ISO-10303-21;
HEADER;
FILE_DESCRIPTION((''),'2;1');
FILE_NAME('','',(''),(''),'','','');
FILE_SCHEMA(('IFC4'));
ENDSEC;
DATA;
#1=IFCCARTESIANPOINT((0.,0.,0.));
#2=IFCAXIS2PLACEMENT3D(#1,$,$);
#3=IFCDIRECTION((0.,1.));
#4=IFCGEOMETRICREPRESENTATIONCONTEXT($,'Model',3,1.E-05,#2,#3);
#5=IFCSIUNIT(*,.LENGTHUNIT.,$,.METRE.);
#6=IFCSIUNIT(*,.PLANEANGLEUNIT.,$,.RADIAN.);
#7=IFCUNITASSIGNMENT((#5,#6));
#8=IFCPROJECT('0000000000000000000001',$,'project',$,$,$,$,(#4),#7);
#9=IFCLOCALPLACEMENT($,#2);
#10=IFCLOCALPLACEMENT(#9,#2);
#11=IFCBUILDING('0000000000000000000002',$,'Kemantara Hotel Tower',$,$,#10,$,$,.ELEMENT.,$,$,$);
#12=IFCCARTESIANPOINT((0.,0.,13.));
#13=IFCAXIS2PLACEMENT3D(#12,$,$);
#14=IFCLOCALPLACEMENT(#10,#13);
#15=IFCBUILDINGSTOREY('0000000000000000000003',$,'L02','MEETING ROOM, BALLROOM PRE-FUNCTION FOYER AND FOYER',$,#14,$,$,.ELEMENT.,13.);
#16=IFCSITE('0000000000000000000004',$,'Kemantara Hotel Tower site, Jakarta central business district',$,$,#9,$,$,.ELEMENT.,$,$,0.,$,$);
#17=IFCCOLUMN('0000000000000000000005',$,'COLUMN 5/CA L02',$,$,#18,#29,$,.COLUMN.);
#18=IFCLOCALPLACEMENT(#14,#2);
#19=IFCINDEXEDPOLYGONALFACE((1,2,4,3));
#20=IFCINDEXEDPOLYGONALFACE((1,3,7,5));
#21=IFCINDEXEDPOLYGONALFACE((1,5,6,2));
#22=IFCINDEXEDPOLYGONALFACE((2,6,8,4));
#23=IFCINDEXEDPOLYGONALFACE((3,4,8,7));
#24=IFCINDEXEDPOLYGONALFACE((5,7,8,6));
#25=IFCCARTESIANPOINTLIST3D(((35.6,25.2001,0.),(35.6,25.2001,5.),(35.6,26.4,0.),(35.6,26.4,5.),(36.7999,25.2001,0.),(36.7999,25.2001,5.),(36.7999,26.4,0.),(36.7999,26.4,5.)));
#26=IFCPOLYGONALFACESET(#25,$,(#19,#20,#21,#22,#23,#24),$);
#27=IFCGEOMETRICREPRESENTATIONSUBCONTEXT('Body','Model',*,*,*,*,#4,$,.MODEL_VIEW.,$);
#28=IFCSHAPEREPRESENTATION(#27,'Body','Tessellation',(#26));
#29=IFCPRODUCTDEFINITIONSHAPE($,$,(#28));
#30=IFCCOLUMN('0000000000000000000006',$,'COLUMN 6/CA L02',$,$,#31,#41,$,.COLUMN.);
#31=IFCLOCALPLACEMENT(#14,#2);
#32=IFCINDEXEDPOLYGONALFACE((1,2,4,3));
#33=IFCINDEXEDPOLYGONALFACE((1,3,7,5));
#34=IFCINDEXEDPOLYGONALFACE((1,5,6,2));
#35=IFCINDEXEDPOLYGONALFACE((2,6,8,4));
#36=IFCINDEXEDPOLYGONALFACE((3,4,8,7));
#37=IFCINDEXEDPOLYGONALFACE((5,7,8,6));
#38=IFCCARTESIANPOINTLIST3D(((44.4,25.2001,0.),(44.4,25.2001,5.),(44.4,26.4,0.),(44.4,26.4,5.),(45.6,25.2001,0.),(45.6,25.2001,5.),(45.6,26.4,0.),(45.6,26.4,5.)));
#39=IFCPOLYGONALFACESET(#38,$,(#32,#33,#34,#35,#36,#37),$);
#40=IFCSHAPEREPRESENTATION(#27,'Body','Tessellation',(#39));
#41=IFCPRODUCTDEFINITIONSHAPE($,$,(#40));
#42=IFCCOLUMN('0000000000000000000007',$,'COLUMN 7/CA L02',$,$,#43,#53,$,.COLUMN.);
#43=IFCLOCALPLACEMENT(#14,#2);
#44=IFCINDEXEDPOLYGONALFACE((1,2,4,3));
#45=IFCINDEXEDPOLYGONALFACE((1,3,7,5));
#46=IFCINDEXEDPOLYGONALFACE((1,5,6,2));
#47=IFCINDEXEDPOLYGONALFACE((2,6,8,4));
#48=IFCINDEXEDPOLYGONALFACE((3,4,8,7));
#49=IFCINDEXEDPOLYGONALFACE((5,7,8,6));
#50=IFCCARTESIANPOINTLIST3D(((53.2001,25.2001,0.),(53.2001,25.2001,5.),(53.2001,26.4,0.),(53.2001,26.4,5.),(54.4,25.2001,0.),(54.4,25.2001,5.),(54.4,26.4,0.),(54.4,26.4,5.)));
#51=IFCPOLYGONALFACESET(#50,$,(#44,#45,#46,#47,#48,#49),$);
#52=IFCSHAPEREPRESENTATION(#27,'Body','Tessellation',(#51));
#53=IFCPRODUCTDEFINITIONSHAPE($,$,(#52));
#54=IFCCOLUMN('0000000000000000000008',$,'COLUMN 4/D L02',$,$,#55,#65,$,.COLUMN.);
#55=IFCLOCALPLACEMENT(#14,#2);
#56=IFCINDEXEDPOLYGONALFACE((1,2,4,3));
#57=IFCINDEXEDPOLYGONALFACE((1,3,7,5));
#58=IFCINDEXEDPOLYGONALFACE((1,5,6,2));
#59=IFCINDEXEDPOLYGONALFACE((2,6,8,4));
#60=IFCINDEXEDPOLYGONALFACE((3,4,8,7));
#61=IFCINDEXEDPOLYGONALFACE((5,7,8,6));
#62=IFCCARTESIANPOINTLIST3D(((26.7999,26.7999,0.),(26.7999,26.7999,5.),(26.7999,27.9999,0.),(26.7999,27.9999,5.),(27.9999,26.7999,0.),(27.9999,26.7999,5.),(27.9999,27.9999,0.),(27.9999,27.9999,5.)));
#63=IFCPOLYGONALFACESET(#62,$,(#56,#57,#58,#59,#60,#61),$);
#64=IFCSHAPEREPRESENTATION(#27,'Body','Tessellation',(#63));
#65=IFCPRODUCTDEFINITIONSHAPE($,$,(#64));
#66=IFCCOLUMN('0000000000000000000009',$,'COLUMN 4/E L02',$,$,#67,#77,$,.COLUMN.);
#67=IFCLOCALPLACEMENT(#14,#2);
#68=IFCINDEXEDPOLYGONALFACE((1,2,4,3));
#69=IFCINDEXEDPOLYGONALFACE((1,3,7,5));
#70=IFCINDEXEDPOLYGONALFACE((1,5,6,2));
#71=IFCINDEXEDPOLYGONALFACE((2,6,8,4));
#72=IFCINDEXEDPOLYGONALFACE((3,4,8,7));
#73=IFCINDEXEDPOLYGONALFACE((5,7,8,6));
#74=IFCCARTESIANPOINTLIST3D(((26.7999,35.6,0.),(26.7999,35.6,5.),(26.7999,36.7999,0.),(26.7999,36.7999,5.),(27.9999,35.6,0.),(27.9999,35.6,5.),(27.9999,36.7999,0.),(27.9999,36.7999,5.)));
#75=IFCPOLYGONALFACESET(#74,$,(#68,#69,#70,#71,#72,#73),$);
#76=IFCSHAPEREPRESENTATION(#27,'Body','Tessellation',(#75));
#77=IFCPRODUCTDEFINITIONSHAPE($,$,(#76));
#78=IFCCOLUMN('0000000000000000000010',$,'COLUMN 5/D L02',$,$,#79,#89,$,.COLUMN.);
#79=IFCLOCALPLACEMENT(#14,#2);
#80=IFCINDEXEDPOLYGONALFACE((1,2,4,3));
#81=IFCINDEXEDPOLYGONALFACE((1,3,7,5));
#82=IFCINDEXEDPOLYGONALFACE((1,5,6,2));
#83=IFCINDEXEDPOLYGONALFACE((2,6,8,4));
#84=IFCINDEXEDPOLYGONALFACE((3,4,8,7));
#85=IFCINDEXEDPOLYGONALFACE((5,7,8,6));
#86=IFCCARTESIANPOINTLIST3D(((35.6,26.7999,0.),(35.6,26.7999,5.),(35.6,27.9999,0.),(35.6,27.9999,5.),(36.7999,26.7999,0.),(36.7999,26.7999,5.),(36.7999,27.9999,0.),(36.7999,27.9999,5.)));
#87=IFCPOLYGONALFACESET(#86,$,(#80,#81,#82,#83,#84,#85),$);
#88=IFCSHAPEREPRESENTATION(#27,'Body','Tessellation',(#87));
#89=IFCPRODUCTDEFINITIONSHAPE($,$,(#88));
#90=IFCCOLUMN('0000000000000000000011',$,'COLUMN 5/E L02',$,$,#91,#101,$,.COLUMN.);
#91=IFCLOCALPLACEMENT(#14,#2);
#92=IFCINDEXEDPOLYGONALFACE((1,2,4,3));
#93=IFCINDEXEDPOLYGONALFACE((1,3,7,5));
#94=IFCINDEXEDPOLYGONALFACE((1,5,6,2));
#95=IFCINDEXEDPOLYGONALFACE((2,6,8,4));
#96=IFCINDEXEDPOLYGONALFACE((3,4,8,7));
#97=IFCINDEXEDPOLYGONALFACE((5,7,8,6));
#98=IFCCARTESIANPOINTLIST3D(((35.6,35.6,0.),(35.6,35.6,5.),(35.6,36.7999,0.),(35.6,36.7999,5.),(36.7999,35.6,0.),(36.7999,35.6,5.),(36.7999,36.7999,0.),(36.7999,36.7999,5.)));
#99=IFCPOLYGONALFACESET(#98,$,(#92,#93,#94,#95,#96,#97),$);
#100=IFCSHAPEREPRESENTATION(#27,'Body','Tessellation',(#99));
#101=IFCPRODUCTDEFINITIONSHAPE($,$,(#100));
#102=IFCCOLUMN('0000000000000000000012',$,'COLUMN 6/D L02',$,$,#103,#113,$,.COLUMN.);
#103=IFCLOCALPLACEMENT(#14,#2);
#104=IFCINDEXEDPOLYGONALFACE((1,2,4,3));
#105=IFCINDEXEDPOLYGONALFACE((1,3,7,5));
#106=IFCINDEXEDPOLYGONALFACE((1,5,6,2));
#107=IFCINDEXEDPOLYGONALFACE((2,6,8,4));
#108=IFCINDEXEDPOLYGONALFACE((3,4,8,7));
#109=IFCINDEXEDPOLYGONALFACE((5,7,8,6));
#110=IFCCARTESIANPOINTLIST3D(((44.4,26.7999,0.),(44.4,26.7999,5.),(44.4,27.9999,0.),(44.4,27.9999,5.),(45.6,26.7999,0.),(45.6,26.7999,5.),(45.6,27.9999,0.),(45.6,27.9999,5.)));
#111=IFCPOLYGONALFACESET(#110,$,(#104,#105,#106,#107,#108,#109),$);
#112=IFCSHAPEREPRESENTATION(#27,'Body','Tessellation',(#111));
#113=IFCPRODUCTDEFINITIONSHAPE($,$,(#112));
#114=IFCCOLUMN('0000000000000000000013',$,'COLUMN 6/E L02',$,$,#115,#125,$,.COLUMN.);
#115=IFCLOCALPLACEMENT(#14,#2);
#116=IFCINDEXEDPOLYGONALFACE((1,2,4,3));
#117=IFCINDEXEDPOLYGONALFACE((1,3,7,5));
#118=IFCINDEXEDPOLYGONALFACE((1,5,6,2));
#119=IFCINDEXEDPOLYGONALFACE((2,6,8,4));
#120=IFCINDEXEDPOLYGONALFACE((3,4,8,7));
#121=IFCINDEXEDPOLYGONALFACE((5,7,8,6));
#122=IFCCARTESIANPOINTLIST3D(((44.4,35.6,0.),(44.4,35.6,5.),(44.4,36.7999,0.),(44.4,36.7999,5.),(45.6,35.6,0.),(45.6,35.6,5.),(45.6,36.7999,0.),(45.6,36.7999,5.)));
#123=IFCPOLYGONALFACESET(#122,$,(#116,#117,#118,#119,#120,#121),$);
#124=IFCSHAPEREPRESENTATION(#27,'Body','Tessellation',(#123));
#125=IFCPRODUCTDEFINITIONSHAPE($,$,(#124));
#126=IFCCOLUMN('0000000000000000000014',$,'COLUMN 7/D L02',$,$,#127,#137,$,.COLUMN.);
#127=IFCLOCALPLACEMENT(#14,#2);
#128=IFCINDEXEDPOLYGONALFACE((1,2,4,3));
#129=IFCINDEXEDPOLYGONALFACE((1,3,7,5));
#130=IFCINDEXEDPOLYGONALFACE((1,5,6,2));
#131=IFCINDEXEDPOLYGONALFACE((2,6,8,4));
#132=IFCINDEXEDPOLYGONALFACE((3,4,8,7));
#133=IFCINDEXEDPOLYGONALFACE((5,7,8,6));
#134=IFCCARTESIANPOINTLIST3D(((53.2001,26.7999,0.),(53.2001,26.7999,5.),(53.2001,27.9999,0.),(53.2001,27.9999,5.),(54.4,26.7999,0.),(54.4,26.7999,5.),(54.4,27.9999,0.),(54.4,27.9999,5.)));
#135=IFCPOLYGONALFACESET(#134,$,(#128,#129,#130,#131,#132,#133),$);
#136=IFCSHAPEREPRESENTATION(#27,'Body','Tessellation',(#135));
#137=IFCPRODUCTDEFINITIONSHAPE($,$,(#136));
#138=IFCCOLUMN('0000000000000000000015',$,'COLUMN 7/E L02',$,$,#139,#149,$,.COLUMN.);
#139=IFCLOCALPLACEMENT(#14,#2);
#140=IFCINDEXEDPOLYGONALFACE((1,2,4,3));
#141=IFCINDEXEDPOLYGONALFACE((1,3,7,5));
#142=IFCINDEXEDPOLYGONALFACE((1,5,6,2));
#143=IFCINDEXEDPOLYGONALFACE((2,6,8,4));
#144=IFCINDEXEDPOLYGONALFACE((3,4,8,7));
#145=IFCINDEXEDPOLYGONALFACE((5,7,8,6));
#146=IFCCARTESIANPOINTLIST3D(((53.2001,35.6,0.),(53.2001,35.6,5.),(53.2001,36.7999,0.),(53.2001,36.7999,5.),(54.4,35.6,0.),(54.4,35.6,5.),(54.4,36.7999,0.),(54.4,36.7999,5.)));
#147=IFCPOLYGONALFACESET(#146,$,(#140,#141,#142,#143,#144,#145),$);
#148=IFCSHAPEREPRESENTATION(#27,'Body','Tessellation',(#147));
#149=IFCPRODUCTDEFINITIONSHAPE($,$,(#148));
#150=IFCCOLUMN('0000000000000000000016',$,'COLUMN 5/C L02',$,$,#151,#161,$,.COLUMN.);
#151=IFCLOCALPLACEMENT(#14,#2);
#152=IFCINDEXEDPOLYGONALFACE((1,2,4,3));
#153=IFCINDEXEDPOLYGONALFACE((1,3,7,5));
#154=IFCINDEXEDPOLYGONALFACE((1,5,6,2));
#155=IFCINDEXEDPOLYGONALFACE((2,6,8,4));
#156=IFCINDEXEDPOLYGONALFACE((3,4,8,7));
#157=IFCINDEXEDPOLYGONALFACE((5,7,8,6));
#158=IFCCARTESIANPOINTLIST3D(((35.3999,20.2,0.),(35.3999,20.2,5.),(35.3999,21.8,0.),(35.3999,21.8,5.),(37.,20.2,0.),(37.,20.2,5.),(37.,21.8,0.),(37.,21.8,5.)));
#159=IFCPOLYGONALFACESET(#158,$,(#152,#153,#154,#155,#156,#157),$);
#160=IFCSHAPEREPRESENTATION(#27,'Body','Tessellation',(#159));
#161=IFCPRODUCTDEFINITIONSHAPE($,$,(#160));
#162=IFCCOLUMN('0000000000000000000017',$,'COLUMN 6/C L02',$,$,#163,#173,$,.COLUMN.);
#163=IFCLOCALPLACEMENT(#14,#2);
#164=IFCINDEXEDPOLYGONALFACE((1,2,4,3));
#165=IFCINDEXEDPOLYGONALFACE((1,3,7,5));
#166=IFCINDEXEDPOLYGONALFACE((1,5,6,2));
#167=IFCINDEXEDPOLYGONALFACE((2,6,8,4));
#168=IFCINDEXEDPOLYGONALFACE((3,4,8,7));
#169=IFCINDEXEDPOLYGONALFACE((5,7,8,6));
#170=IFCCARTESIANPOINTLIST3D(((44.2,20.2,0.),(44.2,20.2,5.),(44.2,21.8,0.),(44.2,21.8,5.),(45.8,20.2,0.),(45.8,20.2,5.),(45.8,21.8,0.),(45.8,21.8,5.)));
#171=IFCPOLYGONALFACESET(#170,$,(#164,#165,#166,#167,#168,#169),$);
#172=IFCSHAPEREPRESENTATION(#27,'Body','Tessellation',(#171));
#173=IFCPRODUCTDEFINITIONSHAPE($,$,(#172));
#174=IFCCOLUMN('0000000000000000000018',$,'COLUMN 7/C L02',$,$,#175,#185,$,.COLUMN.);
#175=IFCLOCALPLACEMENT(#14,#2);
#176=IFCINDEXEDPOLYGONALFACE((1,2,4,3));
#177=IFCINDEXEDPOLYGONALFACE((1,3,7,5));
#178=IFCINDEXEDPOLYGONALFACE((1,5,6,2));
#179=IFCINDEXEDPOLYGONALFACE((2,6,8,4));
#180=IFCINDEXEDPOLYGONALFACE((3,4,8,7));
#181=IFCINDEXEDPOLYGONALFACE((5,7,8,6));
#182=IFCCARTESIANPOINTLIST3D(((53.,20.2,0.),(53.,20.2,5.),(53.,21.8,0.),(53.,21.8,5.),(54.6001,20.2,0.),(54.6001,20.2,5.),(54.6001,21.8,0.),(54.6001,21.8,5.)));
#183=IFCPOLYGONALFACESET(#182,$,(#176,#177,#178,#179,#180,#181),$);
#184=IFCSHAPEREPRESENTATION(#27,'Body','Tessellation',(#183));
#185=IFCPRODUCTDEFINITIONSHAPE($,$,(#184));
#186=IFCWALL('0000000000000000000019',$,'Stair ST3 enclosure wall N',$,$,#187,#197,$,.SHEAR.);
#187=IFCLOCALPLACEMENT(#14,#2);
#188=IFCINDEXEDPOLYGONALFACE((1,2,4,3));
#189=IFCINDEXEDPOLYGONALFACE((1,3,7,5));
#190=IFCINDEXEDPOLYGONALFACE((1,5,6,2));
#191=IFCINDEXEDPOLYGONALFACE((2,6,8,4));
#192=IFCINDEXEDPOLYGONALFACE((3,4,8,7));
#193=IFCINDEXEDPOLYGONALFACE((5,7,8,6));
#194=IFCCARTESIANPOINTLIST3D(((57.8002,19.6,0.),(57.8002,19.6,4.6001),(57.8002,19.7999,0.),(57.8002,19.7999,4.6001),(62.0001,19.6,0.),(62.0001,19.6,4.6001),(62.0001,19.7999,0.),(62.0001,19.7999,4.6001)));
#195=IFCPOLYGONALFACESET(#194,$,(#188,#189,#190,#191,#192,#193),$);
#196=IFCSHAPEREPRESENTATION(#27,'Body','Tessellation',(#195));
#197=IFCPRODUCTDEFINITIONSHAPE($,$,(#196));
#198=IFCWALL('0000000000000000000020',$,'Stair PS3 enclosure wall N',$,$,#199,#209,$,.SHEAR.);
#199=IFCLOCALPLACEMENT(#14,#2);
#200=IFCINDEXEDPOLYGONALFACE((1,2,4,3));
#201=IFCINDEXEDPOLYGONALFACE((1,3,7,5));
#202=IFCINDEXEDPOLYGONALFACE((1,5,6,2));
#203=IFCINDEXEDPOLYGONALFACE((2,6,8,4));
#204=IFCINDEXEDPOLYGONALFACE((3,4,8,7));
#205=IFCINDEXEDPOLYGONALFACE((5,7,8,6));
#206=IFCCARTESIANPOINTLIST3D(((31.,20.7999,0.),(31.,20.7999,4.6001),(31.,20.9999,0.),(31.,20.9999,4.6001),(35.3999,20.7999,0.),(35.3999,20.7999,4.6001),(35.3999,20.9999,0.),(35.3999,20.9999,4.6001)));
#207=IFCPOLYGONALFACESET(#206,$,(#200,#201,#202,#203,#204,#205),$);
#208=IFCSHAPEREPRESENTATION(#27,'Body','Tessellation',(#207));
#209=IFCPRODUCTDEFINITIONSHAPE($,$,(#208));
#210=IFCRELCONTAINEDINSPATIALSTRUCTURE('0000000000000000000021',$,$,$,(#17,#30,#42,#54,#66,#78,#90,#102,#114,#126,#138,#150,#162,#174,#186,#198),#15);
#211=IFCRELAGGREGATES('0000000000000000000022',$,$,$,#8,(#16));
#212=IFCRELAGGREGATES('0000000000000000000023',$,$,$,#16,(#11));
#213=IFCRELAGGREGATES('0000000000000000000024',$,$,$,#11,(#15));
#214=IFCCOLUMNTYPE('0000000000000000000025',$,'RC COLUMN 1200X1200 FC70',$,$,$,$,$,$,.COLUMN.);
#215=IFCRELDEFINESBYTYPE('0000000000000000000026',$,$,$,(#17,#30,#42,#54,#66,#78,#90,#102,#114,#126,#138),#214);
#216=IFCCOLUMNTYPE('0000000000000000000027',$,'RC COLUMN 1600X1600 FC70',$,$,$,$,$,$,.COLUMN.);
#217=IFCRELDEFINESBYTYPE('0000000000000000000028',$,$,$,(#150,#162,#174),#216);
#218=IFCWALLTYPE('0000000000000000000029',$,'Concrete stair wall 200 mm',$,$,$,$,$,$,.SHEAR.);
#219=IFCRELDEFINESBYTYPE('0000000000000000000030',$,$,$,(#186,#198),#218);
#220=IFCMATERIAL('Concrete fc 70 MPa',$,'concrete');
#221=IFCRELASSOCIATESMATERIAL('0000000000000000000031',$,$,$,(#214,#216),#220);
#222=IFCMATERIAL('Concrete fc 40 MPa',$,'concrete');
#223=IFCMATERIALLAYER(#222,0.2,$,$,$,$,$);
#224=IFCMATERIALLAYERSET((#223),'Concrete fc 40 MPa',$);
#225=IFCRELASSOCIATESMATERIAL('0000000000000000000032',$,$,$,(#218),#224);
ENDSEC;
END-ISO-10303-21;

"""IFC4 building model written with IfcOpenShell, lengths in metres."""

from ifc_helpers import new_model, si_unit, direction, frame, frame_2d, origin, origin_2d, place, context, subcontext, project, spatial, rectangle, extrude, material, layer, layer_set, material_profile, profile_set, type_object, element, save


model = new_model("IFC4")

# Units and contexts
model_context = context("Model", 3, precision=1e-05, world=origin(), true_north=direction((0.0, 1.0)))
body_context = subcontext(model_context, "Body", "Model", "MODEL_VIEW")
ifc_project = project(units=[si_unit("LENGTHUNIT", "METRE"), si_unit("PLANEANGLEUNIT", "RADIAN")], contexts=[model_context])

# Site, building, storey
site_placement = place(None, origin())
site = spatial("IfcSite", under=ifc_project, at=site_placement, Name="Kemantara Hotel Tower site, Jakarta central business district", CompositionType="ELEMENT", RefElevation=0.0)
building_placement = place(site_placement, origin())
building = spatial("IfcBuilding", under=site, at=building_placement, Name="Kemantara Hotel Tower", CompositionType="ELEMENT")
storey_placement = place(building_placement, frame((0.0, 0.0, 13.0)))
storey = spatial("IfcBuildingStorey", under=building, at=storey_placement, Name="L02", Description="MEETING ROOM, BALLROOM PRE-FUNCTION FOYER AND FOYER", CompositionType="ELEMENT", Elevation=13.0)

# Columns
ifc_material_1 = material(Name="Concrete fc 70 MPa", Category="concrete")
ifc_material_profile_1 = material_profile(ifc_material_1, rectangle(XDim=1.2, YDim=1.2, at=origin_2d()), Name="RC 1200X1200")
ifc_profile_set_1 = profile_set([ifc_material_profile_1], Name="Concrete fc 70 MPa")
column_type_1 = type_object("IfcColumnType", Name="RC COLUMN 1200X1200 FC70", PredefinedType="COLUMN", material=ifc_profile_set_1)
for number, where, z_axis, x_axis, name in (
    (1, (36.2, 25.8, 0.0), (0.0, 0.0, 1.0), (1.0, 0.0, 0.0), "COLUMN 5/CA L02"),
    (2, (45.0, 25.8, 0.0), (0.0, 0.0, 1.0), (1.0, 0.0, 0.0), "COLUMN 6/CA L02"),
    (3, (53.8, 25.8, 0.0), (0.0, 0.0, 1.0), (1.0, 0.0, 0.0), "COLUMN 7/CA L02"),
    (4, (27.3999, 27.3999, 0.0), (0.0, 0.0, 1.0), (1.0, 0.0, 0.0), "COLUMN 4/D L02"),
    (5, (27.3999, 36.2, 0.0), (0.0, 0.0, 1.0), (1.0, 0.0, 0.0), "COLUMN 4/E L02"),
    (6, (36.2, 27.3999, 0.0), (0.0, 0.0, 1.0), (1.0, 0.0, 0.0), "COLUMN 5/D L02"),
    (7, (36.2, 36.2, 0.0), (0.0, 0.0, 1.0), (1.0, 0.0, 0.0), "COLUMN 5/E L02"),
    (8, (45.0, 27.3999, 0.0), (0.0, 0.0, 1.0), (1.0, 0.0, 0.0), "COLUMN 6/D L02"),
    (9, (45.0, 36.2, 0.0), (0.0, 0.0, 1.0), (1.0, 0.0, 0.0), "COLUMN 6/E L02"),
    (10, (53.8, 27.3999, 0.0), (0.0, 0.0, 1.0), (1.0, 0.0, 0.0), "COLUMN 7/D L02"),
    (11, (53.8, 36.2, 0.0), (0.0, 0.0, 1.0), (1.0, 0.0, 0.0), "COLUMN 7/E L02"),
):
    element("IfcColumn", number, at=place(storey_placement, frame(where, z_axis=z_axis, x_axis=x_axis)), inside=storey, type_object=column_type_1, Name=name, PredefinedType="COLUMN", context=body_context, shape_type="SweptSolid", body=[
        extrude(rectangle(XDim=1.2, YDim=1.2, at=origin_2d()), origin(), (0.0, 0.0, 1.0), 5.0),
    ])
ifc_material_profile_2 = material_profile(ifc_material_1, rectangle(XDim=1.6001, YDim=1.6001, at=origin_2d()), Name="RC 1600X1600")
ifc_profile_set_2 = profile_set([ifc_material_profile_2], Name="Concrete fc 70 MPa")
column_type_2 = type_object("IfcColumnType", Name="RC COLUMN 1600X1600 FC70", PredefinedType="COLUMN", material=ifc_profile_set_2)
for number, where, z_axis, x_axis, name in (
    (12, (36.2, 21.0, 0.0), (0.0, 0.0, 1.0), (1.0, 0.0, 0.0), "COLUMN 5/C L02"),
    (13, (45.0, 21.0, 0.0), (0.0, 0.0, 1.0), (1.0, 0.0, 0.0), "COLUMN 6/C L02"),
    (14, (53.8, 21.0, 0.0), (0.0, 0.0, 1.0), (1.0, 0.0, 0.0), "COLUMN 7/C L02"),
):
    element("IfcColumn", number, at=place(storey_placement, frame(where, z_axis=z_axis, x_axis=x_axis)), inside=storey, type_object=column_type_2, Name=name, PredefinedType="COLUMN", context=body_context, shape_type="SweptSolid", body=[
        extrude(rectangle(XDim=1.6001, YDim=1.6001, at=origin_2d()), origin(), (0.0, 0.0, 1.0), 5.0),
    ])

# Walls
ifc_material_2 = material(Name="Concrete fc 40 MPa", Category="concrete")
ifc_layer_1 = layer(ifc_material_2, 0.2)
ifc_layer_set_1 = layer_set([ifc_layer_1], Name="Concrete fc 40 MPa")
wall_type_1 = type_object("IfcWallType", Name="Concrete stair wall 200 mm", PredefinedType="SHEAR", material=ifc_layer_set_1)
wall_1_placement = place(storey_placement, frame((57.8, 19.7, 0.0), z_axis=(0.0, 0.0, 1.0), x_axis=(1.0, 0.0, 0.0)))
element("IfcWall", 15, at=wall_1_placement, inside=storey, type_object=wall_type_1, Name="Stair ST3 enclosure wall N", PredefinedType="SHEAR", context=body_context, shape_type="SweptSolid", body=[
    extrude(rectangle(XDim=4.2, YDim=0.2, at=frame_2d((2.1001, 0.0))), origin(), (0.0, 0.0, 1.0), 4.6001),
])
wall_2_placement = place(storey_placement, frame((31.0, 20.8999, 0.0), z_axis=(0.0, 0.0, 1.0), x_axis=(1.0, 0.0, 0.0)))
element("IfcWall", 16, at=wall_2_placement, inside=storey, type_object=wall_type_1, Name="Stair PS3 enclosure wall N", PredefinedType="SHEAR", context=body_context, shape_type="SweptSolid", body=[
    extrude(rectangle(XDim=4.3999, YDim=0.2, at=frame_2d((2.2, 0.0))), origin(), (0.0, 0.0, 1.0), 4.6001),
])

save(model, "model.ifc")
